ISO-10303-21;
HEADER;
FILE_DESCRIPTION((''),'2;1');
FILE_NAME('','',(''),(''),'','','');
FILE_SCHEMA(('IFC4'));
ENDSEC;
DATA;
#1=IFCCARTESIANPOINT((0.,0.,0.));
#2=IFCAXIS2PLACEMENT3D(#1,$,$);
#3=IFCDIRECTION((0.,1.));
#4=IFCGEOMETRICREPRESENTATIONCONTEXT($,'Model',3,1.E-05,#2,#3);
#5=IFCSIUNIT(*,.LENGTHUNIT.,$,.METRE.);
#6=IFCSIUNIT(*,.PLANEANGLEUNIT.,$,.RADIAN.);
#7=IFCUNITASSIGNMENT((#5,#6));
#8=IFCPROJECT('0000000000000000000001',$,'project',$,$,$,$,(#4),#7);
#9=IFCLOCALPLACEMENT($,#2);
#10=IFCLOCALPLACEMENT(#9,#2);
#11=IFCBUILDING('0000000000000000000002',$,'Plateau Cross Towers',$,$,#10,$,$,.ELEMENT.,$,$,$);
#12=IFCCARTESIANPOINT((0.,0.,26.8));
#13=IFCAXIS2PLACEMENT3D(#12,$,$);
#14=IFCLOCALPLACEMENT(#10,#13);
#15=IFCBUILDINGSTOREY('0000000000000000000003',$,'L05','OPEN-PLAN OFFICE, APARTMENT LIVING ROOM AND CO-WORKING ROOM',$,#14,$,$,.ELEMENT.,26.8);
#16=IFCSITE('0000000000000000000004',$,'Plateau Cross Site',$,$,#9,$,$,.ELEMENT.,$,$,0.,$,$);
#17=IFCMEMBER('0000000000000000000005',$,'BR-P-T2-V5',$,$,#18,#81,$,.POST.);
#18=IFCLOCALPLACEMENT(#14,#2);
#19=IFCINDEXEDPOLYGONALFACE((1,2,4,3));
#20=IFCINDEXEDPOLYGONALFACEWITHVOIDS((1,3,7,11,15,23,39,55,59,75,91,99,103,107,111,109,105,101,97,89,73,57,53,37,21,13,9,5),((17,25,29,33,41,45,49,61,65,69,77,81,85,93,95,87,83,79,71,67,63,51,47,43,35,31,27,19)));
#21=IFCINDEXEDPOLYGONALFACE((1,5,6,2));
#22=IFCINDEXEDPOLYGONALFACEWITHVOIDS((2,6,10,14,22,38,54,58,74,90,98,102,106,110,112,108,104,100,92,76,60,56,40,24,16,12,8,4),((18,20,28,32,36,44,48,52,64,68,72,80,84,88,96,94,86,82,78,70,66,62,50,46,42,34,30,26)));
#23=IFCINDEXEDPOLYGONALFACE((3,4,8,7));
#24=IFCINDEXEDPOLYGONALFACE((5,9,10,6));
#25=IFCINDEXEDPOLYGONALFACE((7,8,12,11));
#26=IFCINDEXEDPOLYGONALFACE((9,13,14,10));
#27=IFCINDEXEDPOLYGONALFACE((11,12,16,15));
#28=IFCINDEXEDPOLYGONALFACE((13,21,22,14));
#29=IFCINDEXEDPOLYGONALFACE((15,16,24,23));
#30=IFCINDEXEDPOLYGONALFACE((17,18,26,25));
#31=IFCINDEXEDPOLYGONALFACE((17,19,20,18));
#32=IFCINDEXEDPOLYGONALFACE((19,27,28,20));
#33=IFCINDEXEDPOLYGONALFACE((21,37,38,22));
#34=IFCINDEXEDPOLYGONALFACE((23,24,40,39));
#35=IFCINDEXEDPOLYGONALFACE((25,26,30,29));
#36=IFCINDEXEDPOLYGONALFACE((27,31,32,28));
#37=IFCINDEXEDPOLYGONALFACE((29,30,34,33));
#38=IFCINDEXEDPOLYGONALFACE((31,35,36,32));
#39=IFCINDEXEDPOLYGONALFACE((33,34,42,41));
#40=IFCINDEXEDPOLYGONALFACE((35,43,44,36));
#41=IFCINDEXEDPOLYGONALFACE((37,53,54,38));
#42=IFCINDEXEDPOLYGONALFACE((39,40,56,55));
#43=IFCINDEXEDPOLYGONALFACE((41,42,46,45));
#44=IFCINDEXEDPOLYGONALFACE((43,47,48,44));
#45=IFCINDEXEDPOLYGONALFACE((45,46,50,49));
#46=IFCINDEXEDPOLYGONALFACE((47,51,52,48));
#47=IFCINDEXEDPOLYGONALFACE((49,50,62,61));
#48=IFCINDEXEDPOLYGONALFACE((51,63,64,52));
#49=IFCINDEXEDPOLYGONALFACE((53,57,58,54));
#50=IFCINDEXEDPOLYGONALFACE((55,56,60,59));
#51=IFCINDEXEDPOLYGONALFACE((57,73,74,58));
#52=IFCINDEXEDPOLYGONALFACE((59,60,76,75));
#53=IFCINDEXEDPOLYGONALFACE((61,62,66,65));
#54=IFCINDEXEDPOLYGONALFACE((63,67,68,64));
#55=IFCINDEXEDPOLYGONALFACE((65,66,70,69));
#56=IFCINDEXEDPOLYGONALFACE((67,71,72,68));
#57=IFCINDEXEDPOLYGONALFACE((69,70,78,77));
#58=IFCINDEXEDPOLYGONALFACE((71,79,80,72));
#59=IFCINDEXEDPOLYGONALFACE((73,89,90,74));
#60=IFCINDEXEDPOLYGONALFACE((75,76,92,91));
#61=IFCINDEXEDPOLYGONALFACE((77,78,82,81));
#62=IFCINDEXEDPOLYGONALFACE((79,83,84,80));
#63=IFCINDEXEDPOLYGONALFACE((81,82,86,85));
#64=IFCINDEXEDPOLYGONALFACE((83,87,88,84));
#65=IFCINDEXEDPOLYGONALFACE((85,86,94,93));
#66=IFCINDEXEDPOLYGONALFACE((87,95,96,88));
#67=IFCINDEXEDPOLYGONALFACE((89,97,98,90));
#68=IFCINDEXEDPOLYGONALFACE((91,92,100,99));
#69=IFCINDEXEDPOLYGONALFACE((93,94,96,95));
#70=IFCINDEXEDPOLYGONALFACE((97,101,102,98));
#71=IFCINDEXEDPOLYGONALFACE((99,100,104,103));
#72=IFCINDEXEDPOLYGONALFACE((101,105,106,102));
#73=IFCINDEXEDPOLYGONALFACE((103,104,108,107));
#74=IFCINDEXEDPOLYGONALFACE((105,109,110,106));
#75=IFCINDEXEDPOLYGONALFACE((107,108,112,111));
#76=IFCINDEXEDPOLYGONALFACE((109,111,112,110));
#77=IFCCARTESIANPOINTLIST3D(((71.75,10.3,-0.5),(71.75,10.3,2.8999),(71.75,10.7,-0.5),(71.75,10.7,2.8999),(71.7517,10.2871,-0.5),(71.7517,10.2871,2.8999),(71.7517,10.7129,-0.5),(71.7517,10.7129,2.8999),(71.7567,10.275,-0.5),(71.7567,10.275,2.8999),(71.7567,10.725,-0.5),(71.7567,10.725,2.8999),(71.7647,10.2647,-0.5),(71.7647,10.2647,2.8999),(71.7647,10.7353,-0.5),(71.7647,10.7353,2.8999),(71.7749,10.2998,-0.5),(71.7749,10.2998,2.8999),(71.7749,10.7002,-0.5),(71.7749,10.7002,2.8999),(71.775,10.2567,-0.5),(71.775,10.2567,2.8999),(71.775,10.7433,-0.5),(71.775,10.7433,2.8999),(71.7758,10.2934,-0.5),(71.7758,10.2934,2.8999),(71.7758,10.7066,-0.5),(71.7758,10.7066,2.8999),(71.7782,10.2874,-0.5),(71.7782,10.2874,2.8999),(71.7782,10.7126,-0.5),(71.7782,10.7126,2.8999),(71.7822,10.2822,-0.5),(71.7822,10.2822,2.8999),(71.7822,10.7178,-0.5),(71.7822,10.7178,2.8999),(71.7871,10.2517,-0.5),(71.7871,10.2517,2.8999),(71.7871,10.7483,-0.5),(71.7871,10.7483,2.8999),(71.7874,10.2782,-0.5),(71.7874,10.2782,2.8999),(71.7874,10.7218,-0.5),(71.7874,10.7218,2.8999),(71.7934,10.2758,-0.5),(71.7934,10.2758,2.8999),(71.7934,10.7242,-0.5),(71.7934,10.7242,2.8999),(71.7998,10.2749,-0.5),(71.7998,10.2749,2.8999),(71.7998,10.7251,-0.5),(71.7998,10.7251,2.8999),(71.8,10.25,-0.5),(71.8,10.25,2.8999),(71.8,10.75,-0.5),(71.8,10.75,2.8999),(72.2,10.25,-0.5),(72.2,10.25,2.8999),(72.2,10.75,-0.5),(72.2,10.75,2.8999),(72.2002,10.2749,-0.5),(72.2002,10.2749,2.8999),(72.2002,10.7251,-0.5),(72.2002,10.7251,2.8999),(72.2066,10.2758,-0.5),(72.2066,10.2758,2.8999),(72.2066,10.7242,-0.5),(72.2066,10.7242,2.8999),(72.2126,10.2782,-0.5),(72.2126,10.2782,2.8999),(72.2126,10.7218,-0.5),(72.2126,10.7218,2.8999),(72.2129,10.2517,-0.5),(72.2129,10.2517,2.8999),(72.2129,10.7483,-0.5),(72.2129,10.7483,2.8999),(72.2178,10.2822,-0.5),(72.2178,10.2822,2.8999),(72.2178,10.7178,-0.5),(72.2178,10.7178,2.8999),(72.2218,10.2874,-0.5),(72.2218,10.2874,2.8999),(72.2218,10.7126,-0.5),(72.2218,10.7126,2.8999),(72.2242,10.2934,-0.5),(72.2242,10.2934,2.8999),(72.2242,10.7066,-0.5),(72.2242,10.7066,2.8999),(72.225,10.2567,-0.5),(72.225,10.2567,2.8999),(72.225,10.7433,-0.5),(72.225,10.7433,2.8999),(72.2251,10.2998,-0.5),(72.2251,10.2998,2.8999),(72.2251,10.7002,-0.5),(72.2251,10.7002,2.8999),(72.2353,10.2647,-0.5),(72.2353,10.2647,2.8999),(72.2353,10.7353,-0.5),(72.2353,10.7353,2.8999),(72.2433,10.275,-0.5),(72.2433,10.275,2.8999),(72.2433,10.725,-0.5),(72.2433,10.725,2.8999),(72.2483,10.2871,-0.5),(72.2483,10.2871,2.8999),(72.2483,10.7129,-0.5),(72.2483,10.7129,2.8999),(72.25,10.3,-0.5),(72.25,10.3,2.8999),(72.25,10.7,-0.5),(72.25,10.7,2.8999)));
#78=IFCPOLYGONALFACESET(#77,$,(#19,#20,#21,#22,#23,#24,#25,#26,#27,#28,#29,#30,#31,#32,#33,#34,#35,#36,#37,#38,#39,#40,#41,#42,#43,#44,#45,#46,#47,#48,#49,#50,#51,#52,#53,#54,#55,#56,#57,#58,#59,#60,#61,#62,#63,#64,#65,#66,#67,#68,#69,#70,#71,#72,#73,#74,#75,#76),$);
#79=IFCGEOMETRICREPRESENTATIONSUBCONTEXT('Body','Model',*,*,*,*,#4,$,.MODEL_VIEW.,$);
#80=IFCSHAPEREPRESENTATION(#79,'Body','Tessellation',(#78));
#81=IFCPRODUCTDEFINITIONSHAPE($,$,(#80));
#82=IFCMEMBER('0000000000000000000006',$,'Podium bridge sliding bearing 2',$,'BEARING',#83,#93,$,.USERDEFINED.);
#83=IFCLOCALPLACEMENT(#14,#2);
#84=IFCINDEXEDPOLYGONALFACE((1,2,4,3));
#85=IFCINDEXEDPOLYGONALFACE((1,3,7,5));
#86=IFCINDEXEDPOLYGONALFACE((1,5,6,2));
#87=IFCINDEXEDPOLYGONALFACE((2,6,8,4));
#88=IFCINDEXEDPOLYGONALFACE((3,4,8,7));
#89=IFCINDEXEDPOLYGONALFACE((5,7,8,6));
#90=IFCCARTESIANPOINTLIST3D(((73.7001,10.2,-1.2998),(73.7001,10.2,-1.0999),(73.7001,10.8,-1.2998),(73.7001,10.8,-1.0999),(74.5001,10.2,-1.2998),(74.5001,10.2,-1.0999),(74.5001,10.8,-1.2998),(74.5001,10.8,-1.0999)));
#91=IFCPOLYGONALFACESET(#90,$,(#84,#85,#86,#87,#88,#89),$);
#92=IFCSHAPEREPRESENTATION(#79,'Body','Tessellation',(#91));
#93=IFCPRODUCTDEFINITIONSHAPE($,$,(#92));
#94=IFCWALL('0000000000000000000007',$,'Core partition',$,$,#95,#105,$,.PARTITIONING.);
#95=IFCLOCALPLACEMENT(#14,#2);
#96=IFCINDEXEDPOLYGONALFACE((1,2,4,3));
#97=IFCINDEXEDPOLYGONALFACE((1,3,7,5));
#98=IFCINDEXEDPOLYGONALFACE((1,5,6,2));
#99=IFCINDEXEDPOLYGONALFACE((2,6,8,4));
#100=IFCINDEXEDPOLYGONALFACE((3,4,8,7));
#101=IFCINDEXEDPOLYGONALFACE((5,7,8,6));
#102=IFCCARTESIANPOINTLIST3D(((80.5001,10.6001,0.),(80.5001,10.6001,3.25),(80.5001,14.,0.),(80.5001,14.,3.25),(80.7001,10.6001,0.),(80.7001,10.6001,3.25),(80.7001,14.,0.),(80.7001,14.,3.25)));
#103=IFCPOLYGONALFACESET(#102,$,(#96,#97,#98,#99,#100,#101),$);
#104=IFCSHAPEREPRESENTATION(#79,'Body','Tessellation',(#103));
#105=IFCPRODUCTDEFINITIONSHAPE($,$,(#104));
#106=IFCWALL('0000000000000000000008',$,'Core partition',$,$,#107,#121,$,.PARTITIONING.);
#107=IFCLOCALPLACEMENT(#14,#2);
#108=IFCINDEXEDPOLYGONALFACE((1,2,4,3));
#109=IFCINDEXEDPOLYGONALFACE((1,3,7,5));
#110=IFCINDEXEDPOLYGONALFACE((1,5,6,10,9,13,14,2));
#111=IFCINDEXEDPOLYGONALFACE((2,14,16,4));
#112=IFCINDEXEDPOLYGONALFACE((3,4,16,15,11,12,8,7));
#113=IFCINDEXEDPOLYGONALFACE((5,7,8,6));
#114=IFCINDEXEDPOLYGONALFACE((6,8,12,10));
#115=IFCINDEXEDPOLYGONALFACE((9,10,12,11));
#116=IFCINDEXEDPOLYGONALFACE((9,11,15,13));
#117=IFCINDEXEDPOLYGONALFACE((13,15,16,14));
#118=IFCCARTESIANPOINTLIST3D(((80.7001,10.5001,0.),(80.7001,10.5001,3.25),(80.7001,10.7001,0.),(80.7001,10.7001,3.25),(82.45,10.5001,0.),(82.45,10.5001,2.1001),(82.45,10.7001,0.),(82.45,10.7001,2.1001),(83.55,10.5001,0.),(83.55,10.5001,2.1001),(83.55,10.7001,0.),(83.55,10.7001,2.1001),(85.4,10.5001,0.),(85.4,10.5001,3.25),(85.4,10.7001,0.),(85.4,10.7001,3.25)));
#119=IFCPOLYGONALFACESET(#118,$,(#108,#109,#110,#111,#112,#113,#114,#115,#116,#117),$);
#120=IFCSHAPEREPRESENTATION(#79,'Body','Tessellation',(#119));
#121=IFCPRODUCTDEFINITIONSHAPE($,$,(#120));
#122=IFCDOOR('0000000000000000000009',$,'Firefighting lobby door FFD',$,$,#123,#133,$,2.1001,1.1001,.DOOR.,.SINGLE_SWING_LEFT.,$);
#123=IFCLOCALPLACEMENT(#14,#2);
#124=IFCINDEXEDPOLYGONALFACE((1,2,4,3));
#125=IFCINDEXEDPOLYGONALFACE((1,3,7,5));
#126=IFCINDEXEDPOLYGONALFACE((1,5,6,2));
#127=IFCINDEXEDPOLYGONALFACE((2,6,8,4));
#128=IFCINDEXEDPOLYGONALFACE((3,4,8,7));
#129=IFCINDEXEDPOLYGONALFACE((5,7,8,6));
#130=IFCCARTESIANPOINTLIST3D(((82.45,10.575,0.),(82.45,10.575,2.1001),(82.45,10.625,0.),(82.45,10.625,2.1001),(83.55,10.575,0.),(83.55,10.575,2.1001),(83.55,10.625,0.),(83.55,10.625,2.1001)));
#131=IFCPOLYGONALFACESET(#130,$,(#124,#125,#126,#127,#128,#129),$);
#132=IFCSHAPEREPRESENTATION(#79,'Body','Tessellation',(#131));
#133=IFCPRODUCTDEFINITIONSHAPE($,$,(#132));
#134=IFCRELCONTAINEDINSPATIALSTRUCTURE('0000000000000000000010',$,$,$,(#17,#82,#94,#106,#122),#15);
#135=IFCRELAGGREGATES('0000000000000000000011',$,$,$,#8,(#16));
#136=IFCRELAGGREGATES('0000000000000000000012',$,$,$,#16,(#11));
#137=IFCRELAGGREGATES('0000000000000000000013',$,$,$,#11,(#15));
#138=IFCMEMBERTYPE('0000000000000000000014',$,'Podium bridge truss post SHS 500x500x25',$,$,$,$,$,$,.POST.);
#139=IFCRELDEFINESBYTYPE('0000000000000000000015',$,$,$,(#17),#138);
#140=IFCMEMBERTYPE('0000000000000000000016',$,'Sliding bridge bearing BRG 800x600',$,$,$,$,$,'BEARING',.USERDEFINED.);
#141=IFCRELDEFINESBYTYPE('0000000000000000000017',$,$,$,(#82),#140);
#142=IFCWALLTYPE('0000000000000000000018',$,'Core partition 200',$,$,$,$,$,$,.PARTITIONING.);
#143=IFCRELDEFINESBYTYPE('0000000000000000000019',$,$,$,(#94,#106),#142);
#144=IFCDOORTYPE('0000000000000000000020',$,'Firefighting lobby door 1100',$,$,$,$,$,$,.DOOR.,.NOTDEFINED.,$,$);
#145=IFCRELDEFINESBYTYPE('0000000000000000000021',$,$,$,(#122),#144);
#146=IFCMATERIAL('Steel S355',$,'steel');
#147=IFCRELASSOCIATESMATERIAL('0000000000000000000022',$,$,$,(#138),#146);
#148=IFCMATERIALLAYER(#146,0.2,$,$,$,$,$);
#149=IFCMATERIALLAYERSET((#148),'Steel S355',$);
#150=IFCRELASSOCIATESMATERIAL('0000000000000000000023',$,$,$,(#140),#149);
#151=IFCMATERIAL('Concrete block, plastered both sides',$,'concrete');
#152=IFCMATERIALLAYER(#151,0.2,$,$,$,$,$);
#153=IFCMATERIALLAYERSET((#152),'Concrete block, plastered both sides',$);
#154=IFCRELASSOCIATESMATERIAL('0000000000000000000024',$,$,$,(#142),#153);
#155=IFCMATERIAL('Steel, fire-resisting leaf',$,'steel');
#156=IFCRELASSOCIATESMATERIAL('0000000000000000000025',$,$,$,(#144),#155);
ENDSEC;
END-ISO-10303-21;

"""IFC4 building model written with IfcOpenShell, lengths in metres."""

from ifc_helpers import new_model, si_unit, direction, frame, frame_2d, origin, origin_2d, place, context, subcontext, project, spatial, rectangle, hollow_rectangle, extrude, material, layer, layer_set, material_profile, profile_set, type_object, element, fill, save


model = new_model("IFC4")

# Units and contexts
model_context = context("Model", 3, precision=1e-05, world=origin(), true_north=direction((0.0, 1.0)))
body_context = subcontext(model_context, "Body", "Model", "MODEL_VIEW")
ifc_project = project(units=[si_unit("LENGTHUNIT", "METRE"), si_unit("PLANEANGLEUNIT", "RADIAN")], contexts=[model_context])

# Site, building, storey
site_placement = place(None, origin())
site = spatial("IfcSite", under=ifc_project, at=site_placement, Name="Plateau Cross Site", CompositionType="ELEMENT", RefElevation=0.0)
building_placement = place(site_placement, origin())
building = spatial("IfcBuilding", under=site, at=building_placement, Name="Plateau Cross Towers", CompositionType="ELEMENT")
storey_placement = place(building_placement, frame((0.0, 0.0, 26.8)))
storey = spatial("IfcBuildingStorey", under=building, at=storey_placement, Name="L05", Description="OPEN-PLAN OFFICE, APARTMENT LIVING ROOM AND CO-WORKING ROOM", CompositionType="ELEMENT", Elevation=26.8)

# Shared definitions
ifc_material_1 = material(Name="Steel S355", Category="steel")

# Members
ifc_material_profile_1 = material_profile(ifc_material_1, hollow_rectangle(XDim=0.5, YDim=0.5, WallThickness=0.0249, InnerFilletRadius=0.0249, OuterFilletRadius=0.05, at=origin_2d()), Name="SHS 500x500x25")
ifc_profile_set_1 = profile_set([ifc_material_profile_1], Name="Steel S355")
member_type_1 = type_object("IfcMemberType", Name="Podium bridge truss post SHS 500x500x25", PredefinedType="POST", material=ifc_profile_set_1)
for number, where, z_axis, x_axis, name in (
    (1, (72.0, 10.5, -0.5), (0.0, 0.0, 1.0), (1.0, 0.0, 0.0), "BR-P-T2-V5"),
):
    element("IfcMember", number, at=place(storey_placement, frame(where, z_axis=z_axis, x_axis=x_axis)), inside=storey, type_object=member_type_1, Name=name, PredefinedType="POST", context=body_context, shape_type="SweptSolid", body=[
        extrude(hollow_rectangle(XDim=0.5, YDim=0.5, WallThickness=0.0249, InnerFilletRadius=0.0249, OuterFilletRadius=0.05, at=origin_2d()), origin(), (0.0, 0.0, 1.0), 3.3999),
    ])
ifc_layer_1 = layer(ifc_material_1, 0.2)
ifc_layer_set_1 = layer_set([ifc_layer_1], Name="Steel S355")
member_type_2 = type_object("IfcMemberType", Name="Sliding bridge bearing BRG 800x600", ElementType="BEARING", PredefinedType="USERDEFINED", material=ifc_layer_set_1)
member_1_placement = place(storey_placement, frame((74.1001, 10.5, -1.2998), z_axis=(0.0, 0.0, 1.0), x_axis=(1.0, 0.0, 0.0)))
element("IfcMember", 2, at=member_1_placement, inside=storey, type_object=member_type_2, Name="Podium bridge sliding bearing 2", ObjectType="BEARING", PredefinedType="USERDEFINED", context=body_context, shape_type="SweptSolid", body=[
    extrude(rectangle(XDim=0.8, YDim=0.6001, at=origin_2d()), origin(), (0.0, 0.0, 1.0), 0.2),
])

# Wall
ifc_material_2 = material(Name="Concrete block, plastered both sides", Category="concrete")
ifc_layer_2 = layer(ifc_material_2, 0.2)
ifc_layer_set_2 = layer_set([ifc_layer_2], Name="Concrete block, plastered both sides")
wall_type_1 = type_object("IfcWallType", Name="Core partition 200", PredefinedType="PARTITIONING", material=ifc_layer_set_2)
wall_1_placement = place(storey_placement, frame((80.6001, 10.6001, 0.0), z_axis=(0.0, 0.0, 1.0), x_axis=(0.0, 1.0, 0.0)))
element("IfcWall", 3, at=wall_1_placement, inside=storey, type_object=wall_type_1, Name="Core partition", PredefinedType="PARTITIONING", context=body_context, shape_type="SweptSolid", body=[
    extrude(rectangle(XDim=3.3999, YDim=0.2, at=frame_2d((1.7, 0.0))), origin(), (0.0, 0.0, 1.0), 3.25),
])

# Wall, opening, door
wall_2_placement = place(storey_placement, frame((80.7, 10.6001, 0.0), z_axis=(0.0, 0.0, 1.0), x_axis=(1.0, 0.0, 0.0)))
wall_2 = element("IfcWall", 4, at=wall_2_placement, inside=storey, type_object=wall_type_1, Name="Core partition", PredefinedType="PARTITIONING", context=body_context, shape_type="SweptSolid", body=[
    extrude(rectangle(XDim=4.7, YDim=0.2, at=frame_2d((2.3501, 0.0))), origin(), (0.0, 0.0, 1.0), 3.25),
])
opening_1_placement = place(wall_2_placement, frame((1.75, 0.0, 0.0)))
opening_1 = element("IfcOpeningElement", 5, at=opening_1_placement, cuts=wall_2, PredefinedType="OPENING", context=body_context, shape_type="SweptSolid", body=[
    extrude(rectangle(XDim=1.1001, YDim=2.1001, at=frame_2d((0.55, 1.05))), frame((0.0, 0.1099, 0.0), z_axis=(0.0, -1.0, 0.0), x_axis=(1.0, 0.0, 0.0)), (0.0, 0.0, 1.0), 0.22),
])
ifc_material_3 = material(Name="Steel, fire-resisting leaf", Category="steel")
door_type_1 = type_object("IfcDoorType", Name="Firefighting lobby door 1100", OperationType="NOTDEFINED", PredefinedType="DOOR", material=ifc_material_3)
door_1_placement = place(opening_1_placement, origin())
door_1 = element("IfcDoor", 6, at=door_1_placement, inside=storey, type_object=door_type_1, Name="Firefighting lobby door FFD", OperationType="SINGLE_SWING_LEFT", OverallHeight=2.1001, OverallWidth=1.1001, PredefinedType="DOOR", context=body_context, shape_type="SweptSolid", body=[
    extrude(rectangle(XDim=1.1001, YDim=2.1001, at=frame_2d((0.55, 1.05))), frame((0.0, 0.0249, 0.0), z_axis=(0.0, -1.0, 0.0), x_axis=(1.0, 0.0, 0.0)), (0.0, 0.0, 1.0), 0.05),
])
fill(opening_1, door_1)

save(model, "model.ifc")
